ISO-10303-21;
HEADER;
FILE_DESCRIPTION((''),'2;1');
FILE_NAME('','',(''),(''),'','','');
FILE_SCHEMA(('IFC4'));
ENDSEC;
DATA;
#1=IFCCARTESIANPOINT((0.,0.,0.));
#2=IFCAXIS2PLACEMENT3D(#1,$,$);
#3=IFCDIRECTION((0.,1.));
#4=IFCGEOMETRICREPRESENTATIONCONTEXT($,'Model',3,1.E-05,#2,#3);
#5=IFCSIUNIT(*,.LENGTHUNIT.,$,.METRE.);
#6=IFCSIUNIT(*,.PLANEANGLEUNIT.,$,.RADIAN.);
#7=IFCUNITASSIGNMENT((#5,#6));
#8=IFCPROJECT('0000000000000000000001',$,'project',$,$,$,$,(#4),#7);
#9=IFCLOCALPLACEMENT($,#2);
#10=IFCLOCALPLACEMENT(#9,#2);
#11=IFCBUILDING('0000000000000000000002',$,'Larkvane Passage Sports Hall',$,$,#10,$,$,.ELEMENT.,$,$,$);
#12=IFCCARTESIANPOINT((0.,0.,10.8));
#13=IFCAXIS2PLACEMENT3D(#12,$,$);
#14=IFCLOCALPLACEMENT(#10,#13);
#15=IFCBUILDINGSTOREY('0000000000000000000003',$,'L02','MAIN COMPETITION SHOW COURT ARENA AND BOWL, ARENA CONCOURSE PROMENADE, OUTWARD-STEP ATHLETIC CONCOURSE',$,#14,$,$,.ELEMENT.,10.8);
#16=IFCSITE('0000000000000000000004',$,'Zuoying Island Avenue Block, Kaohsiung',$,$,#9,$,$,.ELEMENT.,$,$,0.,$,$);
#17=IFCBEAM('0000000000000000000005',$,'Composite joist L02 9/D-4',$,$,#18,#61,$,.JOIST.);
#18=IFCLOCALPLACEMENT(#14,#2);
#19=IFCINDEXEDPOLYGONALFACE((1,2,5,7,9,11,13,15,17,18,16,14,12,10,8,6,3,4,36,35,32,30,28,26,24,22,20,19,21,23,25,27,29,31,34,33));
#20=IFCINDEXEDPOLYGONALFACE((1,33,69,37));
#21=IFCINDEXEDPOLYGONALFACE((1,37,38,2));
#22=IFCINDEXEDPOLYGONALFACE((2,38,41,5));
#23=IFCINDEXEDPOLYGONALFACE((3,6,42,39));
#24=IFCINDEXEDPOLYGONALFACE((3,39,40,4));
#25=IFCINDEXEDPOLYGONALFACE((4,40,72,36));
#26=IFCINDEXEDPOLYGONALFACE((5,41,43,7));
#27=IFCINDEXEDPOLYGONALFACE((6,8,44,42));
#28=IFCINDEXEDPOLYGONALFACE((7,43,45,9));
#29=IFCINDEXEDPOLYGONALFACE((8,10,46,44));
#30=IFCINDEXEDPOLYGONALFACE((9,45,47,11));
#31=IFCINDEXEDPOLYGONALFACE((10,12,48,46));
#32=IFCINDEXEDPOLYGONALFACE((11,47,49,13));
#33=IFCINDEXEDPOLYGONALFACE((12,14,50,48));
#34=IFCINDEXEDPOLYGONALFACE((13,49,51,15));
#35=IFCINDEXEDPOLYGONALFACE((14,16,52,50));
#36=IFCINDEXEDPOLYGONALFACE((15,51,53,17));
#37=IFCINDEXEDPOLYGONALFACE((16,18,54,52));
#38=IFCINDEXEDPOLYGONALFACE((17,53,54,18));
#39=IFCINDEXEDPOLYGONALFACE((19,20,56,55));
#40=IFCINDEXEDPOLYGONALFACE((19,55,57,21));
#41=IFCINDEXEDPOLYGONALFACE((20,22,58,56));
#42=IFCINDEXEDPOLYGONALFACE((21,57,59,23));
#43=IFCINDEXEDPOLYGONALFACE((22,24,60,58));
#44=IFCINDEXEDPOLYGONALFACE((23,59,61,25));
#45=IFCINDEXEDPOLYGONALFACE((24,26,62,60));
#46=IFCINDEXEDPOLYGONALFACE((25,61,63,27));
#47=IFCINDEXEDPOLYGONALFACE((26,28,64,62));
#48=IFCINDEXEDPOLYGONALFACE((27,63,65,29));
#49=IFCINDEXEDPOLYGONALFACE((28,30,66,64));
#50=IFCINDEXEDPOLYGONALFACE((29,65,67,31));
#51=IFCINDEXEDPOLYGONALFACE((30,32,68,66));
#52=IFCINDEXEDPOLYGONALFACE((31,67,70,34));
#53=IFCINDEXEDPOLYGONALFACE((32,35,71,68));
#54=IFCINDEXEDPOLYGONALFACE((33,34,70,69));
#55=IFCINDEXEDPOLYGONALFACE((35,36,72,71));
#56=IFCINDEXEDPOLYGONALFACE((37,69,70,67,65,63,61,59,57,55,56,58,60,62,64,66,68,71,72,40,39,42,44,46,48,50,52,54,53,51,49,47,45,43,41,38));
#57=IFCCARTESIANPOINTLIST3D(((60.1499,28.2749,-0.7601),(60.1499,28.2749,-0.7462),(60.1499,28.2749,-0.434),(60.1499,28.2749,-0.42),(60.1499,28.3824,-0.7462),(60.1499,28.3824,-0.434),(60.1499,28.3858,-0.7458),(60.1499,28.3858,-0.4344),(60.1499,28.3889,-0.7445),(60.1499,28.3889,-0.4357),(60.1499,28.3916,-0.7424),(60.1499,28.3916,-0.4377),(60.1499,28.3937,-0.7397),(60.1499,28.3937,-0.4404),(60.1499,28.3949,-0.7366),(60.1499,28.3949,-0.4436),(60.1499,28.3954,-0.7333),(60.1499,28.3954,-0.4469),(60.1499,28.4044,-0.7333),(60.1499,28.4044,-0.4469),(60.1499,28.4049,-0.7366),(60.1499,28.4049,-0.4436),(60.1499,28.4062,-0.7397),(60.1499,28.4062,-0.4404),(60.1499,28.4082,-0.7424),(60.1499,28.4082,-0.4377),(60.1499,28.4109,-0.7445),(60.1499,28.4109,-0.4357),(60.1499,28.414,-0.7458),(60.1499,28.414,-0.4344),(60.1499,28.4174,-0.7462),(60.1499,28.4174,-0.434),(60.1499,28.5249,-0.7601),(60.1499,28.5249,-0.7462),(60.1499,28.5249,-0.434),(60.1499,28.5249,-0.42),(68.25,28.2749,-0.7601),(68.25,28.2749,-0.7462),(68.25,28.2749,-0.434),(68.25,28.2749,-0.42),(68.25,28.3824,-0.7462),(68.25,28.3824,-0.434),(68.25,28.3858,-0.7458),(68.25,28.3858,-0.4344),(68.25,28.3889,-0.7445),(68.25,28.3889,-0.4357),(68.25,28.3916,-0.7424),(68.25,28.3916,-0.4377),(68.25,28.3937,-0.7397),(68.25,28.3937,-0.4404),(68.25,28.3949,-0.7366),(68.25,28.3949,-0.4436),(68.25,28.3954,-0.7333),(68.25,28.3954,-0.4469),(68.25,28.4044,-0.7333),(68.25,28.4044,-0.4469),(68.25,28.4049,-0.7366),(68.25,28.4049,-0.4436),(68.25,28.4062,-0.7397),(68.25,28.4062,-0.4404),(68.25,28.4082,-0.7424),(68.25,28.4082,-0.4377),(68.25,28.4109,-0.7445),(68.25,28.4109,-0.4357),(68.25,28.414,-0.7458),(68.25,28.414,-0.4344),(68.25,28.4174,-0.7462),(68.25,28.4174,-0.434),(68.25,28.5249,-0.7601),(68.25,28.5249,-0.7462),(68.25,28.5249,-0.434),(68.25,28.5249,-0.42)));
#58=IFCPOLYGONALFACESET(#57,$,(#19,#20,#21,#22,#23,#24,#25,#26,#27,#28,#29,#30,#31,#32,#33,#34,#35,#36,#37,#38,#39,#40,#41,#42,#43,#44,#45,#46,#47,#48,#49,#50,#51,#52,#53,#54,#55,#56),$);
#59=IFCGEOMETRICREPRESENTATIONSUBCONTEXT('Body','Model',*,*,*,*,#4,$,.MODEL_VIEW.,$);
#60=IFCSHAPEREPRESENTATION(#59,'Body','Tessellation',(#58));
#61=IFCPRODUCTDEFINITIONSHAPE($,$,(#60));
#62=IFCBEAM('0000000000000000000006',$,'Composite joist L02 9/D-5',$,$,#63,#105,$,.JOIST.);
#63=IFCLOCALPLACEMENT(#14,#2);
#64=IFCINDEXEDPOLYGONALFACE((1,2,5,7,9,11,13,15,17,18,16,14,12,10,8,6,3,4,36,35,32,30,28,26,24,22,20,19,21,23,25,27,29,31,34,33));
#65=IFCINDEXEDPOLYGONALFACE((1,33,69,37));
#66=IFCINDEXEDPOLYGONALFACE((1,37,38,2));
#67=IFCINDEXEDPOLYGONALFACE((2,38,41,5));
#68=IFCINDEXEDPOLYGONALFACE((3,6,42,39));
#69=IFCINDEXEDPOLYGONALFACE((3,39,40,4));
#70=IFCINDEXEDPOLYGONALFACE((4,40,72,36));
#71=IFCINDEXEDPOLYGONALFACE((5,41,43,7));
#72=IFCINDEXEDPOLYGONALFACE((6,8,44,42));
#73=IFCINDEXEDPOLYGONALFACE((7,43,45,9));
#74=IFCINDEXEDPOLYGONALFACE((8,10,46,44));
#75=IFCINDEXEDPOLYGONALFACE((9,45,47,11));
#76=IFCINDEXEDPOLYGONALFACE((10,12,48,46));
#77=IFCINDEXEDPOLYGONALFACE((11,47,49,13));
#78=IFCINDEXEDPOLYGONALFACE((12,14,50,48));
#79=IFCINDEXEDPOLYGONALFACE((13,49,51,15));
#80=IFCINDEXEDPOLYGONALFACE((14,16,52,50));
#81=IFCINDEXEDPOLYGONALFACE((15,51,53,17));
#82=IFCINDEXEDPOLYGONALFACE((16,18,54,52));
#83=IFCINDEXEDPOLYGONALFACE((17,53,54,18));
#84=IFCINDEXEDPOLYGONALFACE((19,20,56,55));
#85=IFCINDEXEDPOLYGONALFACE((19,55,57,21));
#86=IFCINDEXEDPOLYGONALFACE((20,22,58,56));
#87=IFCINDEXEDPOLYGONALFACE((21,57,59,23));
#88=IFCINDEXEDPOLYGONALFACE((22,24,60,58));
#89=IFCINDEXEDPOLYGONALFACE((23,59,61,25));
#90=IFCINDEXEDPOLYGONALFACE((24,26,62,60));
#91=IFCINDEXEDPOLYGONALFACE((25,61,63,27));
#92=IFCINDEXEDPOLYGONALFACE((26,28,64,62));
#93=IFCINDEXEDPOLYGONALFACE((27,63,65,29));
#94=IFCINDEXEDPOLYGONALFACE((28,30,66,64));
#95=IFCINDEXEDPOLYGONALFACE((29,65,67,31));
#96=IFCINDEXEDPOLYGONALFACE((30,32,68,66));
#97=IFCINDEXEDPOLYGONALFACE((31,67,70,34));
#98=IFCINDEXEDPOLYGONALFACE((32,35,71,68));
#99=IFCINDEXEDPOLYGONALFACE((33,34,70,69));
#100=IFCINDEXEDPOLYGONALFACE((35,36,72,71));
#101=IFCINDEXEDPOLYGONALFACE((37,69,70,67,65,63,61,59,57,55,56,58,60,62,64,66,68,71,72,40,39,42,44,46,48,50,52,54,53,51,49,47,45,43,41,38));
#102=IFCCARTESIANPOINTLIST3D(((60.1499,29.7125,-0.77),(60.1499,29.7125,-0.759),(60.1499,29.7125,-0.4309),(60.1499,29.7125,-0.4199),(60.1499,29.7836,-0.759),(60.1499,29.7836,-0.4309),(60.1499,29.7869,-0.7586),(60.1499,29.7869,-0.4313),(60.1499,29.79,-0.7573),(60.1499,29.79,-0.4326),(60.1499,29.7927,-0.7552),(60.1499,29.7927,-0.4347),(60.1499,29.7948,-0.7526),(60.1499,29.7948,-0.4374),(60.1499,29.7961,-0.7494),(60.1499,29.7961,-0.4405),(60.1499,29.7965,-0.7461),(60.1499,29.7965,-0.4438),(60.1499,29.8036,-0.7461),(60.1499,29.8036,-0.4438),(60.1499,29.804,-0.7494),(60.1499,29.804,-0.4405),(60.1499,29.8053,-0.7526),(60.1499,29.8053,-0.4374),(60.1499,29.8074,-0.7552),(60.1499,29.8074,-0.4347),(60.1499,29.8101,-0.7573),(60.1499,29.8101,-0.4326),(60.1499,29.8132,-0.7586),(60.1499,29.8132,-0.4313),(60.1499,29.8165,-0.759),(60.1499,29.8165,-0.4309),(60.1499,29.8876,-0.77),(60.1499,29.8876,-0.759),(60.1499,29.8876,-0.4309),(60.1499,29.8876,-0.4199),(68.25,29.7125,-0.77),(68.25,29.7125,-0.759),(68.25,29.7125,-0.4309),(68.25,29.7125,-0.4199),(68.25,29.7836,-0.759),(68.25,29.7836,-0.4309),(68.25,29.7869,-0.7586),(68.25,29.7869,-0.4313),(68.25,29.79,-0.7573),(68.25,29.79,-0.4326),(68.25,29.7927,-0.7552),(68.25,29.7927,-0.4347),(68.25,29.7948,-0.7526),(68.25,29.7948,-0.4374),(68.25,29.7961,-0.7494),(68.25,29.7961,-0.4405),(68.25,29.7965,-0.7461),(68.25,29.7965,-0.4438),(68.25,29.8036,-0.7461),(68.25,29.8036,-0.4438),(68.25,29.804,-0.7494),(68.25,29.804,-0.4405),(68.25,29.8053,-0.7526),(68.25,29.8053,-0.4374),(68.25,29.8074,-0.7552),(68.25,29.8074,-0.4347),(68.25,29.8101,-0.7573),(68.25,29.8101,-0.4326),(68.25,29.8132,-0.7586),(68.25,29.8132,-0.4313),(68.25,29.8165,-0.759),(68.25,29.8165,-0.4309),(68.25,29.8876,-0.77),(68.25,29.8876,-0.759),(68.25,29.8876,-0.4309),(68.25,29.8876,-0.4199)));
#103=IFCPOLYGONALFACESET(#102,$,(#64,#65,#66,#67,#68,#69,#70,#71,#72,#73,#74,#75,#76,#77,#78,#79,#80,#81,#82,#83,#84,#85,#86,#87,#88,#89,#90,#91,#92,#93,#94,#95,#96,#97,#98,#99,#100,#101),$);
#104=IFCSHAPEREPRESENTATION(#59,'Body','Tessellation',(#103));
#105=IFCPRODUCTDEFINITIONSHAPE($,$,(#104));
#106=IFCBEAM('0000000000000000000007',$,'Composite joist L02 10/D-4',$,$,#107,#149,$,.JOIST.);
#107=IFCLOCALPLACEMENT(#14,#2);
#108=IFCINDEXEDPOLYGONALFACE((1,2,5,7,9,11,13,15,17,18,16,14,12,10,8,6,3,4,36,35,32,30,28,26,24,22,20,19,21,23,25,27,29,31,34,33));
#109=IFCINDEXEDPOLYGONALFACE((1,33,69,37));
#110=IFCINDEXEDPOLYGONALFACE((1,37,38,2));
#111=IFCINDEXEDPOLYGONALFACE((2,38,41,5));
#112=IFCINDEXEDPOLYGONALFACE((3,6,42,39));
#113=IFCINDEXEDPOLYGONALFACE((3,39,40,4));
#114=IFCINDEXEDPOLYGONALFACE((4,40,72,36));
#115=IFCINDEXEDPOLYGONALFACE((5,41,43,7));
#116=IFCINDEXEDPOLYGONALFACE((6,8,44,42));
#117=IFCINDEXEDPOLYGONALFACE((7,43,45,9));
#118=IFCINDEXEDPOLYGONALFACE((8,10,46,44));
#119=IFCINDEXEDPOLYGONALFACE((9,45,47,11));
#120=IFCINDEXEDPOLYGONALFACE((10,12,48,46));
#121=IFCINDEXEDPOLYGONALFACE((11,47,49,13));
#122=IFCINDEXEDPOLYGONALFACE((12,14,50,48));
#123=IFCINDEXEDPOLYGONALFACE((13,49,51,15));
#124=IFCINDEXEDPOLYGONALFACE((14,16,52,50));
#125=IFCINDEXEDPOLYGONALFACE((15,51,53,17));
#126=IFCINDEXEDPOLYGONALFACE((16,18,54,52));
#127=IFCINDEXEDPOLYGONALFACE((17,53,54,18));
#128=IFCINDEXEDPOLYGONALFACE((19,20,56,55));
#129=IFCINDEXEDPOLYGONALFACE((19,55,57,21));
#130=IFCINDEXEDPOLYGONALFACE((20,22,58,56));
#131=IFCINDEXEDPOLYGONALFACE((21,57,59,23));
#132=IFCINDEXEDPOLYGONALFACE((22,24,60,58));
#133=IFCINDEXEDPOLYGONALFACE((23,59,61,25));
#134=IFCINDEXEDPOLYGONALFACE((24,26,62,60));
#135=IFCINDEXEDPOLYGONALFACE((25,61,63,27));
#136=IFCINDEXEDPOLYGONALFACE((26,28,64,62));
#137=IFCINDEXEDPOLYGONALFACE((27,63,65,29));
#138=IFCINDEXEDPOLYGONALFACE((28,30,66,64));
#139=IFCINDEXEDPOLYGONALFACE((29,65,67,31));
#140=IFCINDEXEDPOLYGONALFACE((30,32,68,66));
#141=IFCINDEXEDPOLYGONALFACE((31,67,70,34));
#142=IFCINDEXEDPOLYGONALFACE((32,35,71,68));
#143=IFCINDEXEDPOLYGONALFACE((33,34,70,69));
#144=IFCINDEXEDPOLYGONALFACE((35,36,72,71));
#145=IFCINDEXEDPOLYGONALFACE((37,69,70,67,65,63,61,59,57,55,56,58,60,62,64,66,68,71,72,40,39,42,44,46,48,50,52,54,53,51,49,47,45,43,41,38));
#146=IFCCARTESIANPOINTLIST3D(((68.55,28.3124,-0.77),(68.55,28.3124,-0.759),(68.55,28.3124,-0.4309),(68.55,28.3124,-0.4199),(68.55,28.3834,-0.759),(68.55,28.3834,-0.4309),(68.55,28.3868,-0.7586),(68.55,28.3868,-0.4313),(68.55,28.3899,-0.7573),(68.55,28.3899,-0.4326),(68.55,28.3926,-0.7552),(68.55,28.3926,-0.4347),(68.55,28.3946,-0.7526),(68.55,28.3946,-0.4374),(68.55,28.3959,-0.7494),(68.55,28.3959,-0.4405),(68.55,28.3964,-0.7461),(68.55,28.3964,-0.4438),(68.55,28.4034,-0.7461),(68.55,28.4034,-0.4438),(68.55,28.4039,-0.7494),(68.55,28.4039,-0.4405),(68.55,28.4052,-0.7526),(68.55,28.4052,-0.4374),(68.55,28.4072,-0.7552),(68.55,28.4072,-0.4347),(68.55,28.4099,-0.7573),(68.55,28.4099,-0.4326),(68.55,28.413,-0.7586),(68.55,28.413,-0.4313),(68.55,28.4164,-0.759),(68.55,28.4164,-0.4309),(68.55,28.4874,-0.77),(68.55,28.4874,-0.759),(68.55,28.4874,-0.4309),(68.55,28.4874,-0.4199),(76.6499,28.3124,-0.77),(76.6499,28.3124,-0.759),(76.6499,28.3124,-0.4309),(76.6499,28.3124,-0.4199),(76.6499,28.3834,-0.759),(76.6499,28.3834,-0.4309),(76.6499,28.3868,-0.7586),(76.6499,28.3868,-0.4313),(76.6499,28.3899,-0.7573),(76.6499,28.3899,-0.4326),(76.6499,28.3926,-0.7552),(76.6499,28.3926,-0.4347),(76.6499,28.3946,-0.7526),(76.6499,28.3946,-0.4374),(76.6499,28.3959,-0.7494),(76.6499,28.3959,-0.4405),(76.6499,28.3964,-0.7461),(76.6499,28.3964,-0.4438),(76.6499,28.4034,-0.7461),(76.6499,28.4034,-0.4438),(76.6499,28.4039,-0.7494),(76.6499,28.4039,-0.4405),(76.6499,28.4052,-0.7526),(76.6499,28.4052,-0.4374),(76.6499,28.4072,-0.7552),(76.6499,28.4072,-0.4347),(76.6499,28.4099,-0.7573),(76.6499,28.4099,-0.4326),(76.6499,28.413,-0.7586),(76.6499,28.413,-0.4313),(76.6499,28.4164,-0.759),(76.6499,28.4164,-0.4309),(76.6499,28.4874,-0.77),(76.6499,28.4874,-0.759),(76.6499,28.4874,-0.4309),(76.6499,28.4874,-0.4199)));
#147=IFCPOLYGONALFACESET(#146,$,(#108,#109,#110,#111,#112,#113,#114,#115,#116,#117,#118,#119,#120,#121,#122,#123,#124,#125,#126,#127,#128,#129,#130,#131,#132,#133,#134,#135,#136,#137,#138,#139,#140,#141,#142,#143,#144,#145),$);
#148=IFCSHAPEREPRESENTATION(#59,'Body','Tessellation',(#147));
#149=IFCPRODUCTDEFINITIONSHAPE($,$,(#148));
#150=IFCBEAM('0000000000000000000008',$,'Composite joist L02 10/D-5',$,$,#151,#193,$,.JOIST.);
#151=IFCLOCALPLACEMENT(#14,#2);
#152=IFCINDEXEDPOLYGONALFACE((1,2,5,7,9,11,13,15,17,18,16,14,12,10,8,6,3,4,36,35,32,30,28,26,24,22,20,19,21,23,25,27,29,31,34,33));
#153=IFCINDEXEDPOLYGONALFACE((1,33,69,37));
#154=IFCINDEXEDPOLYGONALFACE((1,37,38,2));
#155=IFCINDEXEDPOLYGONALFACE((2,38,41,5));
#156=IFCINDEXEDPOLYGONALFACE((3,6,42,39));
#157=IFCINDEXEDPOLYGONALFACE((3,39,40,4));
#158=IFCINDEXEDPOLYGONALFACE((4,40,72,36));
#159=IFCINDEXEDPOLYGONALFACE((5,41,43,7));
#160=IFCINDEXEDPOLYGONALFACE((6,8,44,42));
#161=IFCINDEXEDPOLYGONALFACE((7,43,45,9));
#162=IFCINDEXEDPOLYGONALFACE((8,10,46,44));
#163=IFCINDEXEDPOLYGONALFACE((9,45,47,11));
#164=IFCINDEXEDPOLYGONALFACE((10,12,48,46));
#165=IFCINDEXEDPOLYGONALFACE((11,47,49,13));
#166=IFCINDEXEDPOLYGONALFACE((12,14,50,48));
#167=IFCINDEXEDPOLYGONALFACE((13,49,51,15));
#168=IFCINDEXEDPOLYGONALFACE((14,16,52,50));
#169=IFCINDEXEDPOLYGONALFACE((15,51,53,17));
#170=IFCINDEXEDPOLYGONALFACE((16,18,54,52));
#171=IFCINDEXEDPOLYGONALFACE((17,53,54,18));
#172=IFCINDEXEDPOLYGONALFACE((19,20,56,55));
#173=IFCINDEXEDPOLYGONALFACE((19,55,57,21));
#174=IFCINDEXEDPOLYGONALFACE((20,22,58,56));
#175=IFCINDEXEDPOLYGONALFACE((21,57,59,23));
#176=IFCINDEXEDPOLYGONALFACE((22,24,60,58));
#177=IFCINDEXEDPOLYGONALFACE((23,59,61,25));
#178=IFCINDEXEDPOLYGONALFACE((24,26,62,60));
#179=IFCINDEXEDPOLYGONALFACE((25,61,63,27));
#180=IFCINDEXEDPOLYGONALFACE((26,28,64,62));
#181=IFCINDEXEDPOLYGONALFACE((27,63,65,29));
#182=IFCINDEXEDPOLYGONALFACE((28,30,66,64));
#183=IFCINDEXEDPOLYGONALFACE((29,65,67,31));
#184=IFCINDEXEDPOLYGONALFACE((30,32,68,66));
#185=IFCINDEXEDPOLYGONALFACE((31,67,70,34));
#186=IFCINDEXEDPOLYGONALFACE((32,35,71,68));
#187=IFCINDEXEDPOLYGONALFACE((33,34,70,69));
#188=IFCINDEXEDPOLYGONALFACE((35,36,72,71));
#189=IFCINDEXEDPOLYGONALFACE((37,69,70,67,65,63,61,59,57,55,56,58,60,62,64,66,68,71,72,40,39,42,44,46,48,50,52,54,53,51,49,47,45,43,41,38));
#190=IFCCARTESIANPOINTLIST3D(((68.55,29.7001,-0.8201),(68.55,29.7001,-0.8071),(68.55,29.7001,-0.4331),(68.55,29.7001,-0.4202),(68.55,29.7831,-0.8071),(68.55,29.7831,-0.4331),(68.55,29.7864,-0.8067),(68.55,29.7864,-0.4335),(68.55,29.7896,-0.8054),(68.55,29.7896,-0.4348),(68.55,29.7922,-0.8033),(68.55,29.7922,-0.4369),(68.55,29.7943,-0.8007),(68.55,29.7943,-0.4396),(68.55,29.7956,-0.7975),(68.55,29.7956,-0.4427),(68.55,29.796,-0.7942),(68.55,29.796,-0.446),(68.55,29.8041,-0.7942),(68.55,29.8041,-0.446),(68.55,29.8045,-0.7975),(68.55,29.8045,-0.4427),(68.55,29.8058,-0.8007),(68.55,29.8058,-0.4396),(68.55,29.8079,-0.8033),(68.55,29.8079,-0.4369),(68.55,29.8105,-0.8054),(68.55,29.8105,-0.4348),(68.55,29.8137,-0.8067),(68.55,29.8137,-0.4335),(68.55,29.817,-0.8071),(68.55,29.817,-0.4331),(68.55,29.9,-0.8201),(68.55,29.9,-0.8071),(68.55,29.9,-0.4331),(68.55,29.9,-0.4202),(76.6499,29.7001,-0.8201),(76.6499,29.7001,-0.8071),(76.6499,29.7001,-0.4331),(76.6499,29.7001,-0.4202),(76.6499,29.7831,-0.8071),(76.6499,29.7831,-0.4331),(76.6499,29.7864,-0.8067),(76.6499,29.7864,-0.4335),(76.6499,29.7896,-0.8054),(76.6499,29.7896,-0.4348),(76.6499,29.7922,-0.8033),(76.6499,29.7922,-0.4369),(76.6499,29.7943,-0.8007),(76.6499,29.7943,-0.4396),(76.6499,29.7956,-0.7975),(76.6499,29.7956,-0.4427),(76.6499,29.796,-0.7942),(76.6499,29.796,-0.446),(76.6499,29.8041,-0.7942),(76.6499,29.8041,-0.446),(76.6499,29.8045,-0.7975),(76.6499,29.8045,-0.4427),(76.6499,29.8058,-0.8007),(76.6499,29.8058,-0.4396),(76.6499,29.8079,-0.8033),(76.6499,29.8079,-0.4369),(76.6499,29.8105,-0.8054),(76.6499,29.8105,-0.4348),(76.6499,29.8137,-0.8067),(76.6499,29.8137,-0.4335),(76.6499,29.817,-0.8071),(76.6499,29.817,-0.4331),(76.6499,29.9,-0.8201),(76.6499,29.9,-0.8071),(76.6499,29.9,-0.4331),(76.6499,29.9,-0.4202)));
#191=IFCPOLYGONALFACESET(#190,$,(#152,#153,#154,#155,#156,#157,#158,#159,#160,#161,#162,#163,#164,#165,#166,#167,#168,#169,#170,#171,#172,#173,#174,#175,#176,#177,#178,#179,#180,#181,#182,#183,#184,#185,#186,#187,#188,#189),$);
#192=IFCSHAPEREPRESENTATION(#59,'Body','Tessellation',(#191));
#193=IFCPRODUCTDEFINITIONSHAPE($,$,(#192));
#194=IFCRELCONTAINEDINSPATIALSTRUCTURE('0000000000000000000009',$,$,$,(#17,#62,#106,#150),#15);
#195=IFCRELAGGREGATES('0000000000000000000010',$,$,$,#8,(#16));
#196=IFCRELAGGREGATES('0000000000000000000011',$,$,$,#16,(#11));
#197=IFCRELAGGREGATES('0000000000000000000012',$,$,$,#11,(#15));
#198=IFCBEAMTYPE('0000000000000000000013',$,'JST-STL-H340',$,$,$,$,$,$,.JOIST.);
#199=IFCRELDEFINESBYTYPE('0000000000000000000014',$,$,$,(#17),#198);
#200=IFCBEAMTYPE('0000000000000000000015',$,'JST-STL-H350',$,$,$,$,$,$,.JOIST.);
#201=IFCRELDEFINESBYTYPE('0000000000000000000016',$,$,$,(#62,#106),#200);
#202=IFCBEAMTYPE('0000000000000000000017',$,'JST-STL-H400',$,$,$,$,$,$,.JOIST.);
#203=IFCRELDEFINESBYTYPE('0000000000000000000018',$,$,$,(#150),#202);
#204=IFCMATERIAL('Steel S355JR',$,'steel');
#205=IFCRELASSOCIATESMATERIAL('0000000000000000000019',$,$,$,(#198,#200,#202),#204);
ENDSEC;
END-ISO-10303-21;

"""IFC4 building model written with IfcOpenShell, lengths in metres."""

from ifc_helpers import new_model, si_unit, direction, frame, origin, origin_2d, place, context, subcontext, project, spatial, i_section, extrude, material, material_profile, profile_set, type_object, element, save


model = new_model("IFC4")

# Units and contexts
model_context = context("Model", 3, precision=1e-05, world=origin(), true_north=direction((0.0, 1.0)))
body_context = subcontext(model_context, "Body", "Model", "MODEL_VIEW")
ifc_project = project(units=[si_unit("LENGTHUNIT", "METRE"), si_unit("PLANEANGLEUNIT", "RADIAN")], contexts=[model_context])

# Site, building, storey
site_placement = place(None, origin())
site = spatial("IfcSite", under=ifc_project, at=site_placement, Name="Zuoying Island Avenue Block, Kaohsiung", CompositionType="ELEMENT", RefElevation=0.0)
building_placement = place(site_placement, origin())
building = spatial("IfcBuilding", under=site, at=building_placement, Name="Larkvane Passage Sports Hall", CompositionType="ELEMENT")
storey_placement = place(building_placement, frame((0.0, 0.0, 10.8)))
storey = spatial("IfcBuildingStorey", under=building, at=storey_placement, Name="L02", Description="MAIN COMPETITION SHOW COURT ARENA AND BOWL, ARENA CONCOURSE PROMENADE, OUTWARD-STEP ATHLETIC CONCOURSE", CompositionType="ELEMENT", Elevation=10.8)

# Shared definitions
ifc_material_1 = material(Name="Steel S355JR", Category="steel")

# Beams
ifc_material_profile_1 = material_profile(ifc_material_1, i_section(OverallWidth=0.25, OverallDepth=0.3401, WebThickness=0.009, FlangeThickness=0.0139, FilletRadius=0.0129, at=origin_2d()), Name="H-340x250x9x14")
ifc_profile_set_1 = profile_set([ifc_material_profile_1], Name="Steel S355JR")
beam_type_1 = type_object("IfcBeamType", Name="JST-STL-H340", PredefinedType="JOIST", material=ifc_profile_set_1)
beam_1_placement = place(storey_placement, frame((60.1499, 28.3999, -0.5901), z_axis=(1.0, 0.0, 0.0), x_axis=(0.0, 1.0, 0.0)))
element("IfcBeam", 1, at=beam_1_placement, inside=storey, type_object=beam_type_1, Name="Composite joist L02 9/D-4", PredefinedType="JOIST", context=body_context, shape_type="SweptSolid", body=[
    extrude(i_section(OverallWidth=0.25, OverallDepth=0.3401, WebThickness=0.009, FlangeThickness=0.0139, FilletRadius=0.0129, at=origin_2d()), origin(), (0.0, 0.0, 1.0), 8.1001),
])
ifc_material_profile_2 = material_profile(ifc_material_1, i_section(OverallWidth=0.175, OverallDepth=0.3501, WebThickness=0.0071, FlangeThickness=0.011, FilletRadius=0.0129, at=origin_2d()), Name="H-350x175x7x11")
ifc_profile_set_2 = profile_set([ifc_material_profile_2], Name="Steel S355JR")
beam_type_2 = type_object("IfcBeamType", Name="JST-STL-H350", PredefinedType="JOIST", material=ifc_profile_set_2)
beam_2_placement = place(storey_placement, frame((60.1499, 29.8, -0.595), z_axis=(1.0, 0.0, 0.0), x_axis=(0.0, 1.0, 0.0)))
element("IfcBeam", 2, at=beam_2_placement, inside=storey, type_object=beam_type_2, Name="Composite joist L02 9/D-5", PredefinedType="JOIST", context=body_context, shape_type="SweptSolid", body=[
    extrude(i_section(OverallWidth=0.175, OverallDepth=0.3501, WebThickness=0.0071, FlangeThickness=0.011, FilletRadius=0.0129, at=origin_2d()), origin(), (0.0, 0.0, 1.0), 8.1001),
])
beam_3_placement = place(storey_placement, frame((68.55, 28.3999, -0.595), z_axis=(1.0, 0.0, 0.0), x_axis=(0.0, 1.0, 0.0)))
element("IfcBeam", 3, at=beam_3_placement, inside=storey, type_object=beam_type_2, Name="Composite joist L02 10/D-4", PredefinedType="JOIST", context=body_context, shape_type="SweptSolid", body=[
    extrude(i_section(OverallWidth=0.175, OverallDepth=0.3501, WebThickness=0.0071, FlangeThickness=0.011, FilletRadius=0.0129, at=origin_2d()), origin(), (0.0, 0.0, 1.0), 8.0999),
])
ifc_material_profile_3 = material_profile(ifc_material_1, i_section(OverallWidth=0.2, OverallDepth=0.3999, WebThickness=0.0081, FlangeThickness=0.0129, FilletRadius=0.0129, at=origin_2d()), Name="H-400x200x8x13")
ifc_profile_set_3 = profile_set([ifc_material_profile_3], Name="Steel S355JR")
beam_type_3 = type_object("IfcBeamType", Name="JST-STL-H400", PredefinedType="JOIST", material=ifc_profile_set_3)
beam_4_placement = place(storey_placement, frame((68.55, 29.8, -0.6201), z_axis=(1.0, 0.0, 0.0), x_axis=(0.0, 1.0, 0.0)))
element("IfcBeam", 4, at=beam_4_placement, inside=storey, type_object=beam_type_3, Name="Composite joist L02 10/D-5", PredefinedType="JOIST", context=body_context, shape_type="SweptSolid", body=[
    extrude(i_section(OverallWidth=0.2, OverallDepth=0.3999, WebThickness=0.0081, FlangeThickness=0.0129, FilletRadius=0.0129, at=origin_2d()), origin(), (0.0, 0.0, 1.0), 8.0999),
])

save(model, "model.ifc")
